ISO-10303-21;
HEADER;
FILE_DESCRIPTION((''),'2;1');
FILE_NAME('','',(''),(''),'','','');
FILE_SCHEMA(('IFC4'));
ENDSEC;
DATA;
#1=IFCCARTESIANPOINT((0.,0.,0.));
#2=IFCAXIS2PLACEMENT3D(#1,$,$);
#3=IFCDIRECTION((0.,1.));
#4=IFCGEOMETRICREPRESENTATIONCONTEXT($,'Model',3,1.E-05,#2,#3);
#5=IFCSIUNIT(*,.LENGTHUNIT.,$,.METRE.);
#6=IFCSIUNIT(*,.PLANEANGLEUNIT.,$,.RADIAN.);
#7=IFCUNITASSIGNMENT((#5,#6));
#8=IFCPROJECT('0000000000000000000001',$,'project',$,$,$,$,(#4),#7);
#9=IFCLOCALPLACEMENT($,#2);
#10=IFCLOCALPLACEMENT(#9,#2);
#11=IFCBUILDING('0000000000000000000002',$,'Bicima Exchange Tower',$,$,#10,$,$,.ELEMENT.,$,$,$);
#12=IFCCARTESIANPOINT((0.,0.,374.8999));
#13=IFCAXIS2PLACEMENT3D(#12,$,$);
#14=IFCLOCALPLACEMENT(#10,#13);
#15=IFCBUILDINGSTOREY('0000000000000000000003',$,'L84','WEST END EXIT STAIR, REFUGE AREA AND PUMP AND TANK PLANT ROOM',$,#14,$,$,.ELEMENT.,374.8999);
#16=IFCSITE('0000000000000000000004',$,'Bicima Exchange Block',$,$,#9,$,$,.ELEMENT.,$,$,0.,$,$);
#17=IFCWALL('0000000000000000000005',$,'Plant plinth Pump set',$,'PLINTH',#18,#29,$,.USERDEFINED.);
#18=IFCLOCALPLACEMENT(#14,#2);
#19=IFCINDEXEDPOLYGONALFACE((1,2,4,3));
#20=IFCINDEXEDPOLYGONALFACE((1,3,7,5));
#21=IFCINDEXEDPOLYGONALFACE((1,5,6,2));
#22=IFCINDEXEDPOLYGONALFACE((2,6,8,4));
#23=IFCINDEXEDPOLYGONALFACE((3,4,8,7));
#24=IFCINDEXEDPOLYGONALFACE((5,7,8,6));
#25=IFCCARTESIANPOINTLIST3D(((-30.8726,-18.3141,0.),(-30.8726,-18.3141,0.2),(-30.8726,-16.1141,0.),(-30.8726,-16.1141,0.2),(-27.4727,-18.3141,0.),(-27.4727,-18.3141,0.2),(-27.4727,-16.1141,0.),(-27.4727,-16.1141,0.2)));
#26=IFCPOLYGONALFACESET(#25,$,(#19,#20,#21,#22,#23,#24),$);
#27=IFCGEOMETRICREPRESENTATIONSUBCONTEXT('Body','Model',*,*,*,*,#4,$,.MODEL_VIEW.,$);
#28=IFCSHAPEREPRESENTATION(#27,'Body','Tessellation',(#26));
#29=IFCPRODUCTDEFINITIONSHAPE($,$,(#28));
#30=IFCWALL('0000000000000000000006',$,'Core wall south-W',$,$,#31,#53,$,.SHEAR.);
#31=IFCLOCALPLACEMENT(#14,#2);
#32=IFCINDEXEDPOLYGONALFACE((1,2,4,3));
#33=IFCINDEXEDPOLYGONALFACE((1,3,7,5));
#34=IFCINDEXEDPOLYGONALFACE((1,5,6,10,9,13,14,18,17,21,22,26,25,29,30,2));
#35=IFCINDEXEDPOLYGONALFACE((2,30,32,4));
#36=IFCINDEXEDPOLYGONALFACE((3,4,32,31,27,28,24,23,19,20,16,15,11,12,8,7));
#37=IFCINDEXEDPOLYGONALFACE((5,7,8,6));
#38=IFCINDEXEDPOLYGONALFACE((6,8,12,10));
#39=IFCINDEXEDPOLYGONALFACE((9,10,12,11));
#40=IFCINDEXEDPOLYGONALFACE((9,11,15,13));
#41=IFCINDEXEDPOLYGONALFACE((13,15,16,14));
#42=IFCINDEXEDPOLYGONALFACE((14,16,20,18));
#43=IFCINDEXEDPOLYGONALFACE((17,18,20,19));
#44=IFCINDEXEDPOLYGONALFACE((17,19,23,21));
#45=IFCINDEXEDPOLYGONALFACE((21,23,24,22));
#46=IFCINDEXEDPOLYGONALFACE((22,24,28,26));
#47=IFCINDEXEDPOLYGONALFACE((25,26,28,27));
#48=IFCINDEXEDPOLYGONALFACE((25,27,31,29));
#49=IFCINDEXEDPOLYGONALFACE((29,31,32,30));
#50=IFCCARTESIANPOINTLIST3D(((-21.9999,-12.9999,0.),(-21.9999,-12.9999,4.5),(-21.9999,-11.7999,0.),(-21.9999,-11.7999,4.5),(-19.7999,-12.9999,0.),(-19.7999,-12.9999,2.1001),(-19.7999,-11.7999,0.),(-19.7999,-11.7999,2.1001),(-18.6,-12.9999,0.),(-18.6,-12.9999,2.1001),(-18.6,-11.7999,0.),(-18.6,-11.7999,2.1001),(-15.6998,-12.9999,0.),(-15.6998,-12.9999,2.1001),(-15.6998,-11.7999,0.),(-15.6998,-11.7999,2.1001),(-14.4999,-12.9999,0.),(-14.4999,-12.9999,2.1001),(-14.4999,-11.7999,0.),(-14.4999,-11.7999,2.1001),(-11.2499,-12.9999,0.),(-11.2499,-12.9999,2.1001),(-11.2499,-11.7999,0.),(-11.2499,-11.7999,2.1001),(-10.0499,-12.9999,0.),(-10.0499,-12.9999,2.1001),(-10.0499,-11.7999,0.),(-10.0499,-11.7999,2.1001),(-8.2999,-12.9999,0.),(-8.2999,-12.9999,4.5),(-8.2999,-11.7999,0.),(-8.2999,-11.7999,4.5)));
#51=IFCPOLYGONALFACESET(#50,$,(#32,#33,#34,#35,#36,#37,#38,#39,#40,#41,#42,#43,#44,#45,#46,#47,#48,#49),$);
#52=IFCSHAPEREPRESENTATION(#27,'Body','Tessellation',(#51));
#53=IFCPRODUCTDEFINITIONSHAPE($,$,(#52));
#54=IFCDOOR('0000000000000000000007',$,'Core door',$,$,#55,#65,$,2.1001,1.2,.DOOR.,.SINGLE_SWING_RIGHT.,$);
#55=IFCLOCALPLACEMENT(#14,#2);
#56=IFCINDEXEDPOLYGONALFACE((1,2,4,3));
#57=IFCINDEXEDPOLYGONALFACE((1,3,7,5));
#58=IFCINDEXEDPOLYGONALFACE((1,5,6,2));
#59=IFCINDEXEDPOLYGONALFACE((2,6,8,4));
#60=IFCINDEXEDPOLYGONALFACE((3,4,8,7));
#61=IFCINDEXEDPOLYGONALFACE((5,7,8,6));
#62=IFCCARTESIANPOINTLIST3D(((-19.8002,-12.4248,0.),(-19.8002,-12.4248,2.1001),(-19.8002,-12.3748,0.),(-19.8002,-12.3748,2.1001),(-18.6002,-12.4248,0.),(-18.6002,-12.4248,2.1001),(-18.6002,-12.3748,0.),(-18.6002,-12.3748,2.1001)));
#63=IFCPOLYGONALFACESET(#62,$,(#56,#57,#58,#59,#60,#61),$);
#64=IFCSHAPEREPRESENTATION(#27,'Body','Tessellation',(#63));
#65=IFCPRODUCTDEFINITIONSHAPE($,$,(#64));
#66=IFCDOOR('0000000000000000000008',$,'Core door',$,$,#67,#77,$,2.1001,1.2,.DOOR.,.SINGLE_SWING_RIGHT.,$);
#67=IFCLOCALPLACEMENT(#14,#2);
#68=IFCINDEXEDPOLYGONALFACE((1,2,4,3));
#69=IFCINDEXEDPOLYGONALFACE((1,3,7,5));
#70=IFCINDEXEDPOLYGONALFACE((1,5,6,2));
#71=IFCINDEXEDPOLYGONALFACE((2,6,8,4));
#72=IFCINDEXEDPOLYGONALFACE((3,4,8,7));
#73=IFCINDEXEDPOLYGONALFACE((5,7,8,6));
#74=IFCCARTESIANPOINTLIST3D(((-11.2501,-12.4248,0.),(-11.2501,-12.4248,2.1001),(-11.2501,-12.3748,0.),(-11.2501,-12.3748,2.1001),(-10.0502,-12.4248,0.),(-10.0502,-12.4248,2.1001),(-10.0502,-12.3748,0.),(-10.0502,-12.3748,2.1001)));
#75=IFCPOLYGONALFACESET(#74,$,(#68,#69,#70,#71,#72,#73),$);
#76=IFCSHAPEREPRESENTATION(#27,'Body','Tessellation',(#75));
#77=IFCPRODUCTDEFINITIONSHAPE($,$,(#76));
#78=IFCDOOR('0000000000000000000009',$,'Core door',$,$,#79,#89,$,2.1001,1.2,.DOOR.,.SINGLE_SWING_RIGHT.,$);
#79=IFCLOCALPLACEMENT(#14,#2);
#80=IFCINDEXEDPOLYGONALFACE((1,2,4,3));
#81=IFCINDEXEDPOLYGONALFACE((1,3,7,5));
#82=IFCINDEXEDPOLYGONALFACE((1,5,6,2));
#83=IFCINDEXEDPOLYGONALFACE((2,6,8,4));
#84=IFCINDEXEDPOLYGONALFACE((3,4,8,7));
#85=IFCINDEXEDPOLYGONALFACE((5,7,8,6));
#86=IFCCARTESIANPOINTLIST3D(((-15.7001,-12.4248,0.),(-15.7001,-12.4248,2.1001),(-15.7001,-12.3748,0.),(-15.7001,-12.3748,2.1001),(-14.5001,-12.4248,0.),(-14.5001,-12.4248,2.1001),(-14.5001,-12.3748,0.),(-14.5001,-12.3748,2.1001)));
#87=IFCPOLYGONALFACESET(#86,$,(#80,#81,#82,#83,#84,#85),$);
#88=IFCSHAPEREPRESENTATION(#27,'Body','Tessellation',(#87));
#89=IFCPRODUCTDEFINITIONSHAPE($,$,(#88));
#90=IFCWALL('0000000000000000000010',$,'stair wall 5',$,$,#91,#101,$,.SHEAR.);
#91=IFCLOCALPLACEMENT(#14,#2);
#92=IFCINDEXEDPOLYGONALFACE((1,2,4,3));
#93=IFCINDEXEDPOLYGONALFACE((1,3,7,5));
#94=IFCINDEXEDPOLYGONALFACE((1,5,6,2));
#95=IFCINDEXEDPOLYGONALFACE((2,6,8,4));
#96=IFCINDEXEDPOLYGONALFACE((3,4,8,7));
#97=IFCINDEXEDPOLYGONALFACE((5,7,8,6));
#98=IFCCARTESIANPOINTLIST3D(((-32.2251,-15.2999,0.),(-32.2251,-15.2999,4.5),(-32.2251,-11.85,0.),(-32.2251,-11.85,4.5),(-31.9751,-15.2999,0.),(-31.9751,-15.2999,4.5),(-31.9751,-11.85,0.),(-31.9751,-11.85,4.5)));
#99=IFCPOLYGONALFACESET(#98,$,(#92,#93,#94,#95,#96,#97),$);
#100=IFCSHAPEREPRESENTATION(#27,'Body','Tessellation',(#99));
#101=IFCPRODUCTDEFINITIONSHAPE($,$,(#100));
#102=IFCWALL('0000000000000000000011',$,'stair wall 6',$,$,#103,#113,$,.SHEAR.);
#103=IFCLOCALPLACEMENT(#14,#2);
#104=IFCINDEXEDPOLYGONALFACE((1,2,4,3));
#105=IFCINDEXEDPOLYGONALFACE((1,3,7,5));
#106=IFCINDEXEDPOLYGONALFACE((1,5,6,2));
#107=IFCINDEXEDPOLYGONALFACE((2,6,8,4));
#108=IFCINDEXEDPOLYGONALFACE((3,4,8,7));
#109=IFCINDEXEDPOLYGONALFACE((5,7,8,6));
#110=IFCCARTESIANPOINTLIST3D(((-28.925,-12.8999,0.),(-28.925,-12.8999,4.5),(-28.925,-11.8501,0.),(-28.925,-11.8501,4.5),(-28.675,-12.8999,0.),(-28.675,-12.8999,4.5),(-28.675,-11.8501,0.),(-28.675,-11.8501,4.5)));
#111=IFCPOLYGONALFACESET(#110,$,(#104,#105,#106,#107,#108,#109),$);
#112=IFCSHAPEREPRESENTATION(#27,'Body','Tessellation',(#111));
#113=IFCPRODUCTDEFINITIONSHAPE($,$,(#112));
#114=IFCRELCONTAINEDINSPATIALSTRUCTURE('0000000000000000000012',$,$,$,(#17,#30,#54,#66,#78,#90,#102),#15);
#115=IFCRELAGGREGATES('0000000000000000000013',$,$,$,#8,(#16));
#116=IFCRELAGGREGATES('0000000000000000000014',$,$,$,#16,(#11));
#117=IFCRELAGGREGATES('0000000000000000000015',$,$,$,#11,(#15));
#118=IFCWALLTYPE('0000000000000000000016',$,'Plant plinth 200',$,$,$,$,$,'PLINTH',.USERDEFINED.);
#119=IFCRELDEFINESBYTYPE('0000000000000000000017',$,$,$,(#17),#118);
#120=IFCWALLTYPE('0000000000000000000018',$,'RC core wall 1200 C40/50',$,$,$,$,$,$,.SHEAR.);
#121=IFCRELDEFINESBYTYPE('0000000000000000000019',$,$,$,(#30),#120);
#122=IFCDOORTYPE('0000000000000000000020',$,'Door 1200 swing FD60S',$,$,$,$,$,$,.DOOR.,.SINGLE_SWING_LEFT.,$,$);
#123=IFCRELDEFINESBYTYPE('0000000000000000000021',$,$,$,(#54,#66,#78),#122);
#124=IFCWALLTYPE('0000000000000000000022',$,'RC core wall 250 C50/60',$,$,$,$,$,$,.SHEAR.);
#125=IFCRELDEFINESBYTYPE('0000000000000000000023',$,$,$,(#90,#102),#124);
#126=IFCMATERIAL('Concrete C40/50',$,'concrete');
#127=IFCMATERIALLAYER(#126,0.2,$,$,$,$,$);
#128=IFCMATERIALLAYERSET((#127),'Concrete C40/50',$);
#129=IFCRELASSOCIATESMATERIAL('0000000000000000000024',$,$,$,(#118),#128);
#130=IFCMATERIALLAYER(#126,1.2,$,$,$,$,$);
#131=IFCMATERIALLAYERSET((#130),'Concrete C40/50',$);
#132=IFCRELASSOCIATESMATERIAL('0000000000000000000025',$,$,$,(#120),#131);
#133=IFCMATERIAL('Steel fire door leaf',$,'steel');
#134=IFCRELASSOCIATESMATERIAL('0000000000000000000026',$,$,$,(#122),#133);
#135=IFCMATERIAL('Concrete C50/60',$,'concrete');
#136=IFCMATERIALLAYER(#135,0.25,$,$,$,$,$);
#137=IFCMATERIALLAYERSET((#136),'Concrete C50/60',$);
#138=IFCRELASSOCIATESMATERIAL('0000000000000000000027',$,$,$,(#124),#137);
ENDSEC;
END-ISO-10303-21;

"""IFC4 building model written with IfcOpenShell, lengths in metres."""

from ifc_helpers import new_model, si_unit, direction, frame, frame_2d, origin, origin_2d, place, context, subcontext, project, spatial, rectangle, extrude, material, layer, layer_set, type_object, element, fill, save


model = new_model("IFC4")

# Units and contexts
model_context = context("Model", 3, precision=1e-05, world=origin(), true_north=direction((0.0, 1.0)))
body_context = subcontext(model_context, "Body", "Model", "MODEL_VIEW")
ifc_project = project(units=[si_unit("LENGTHUNIT", "METRE"), si_unit("PLANEANGLEUNIT", "RADIAN")], contexts=[model_context])

# Site, building, storey
site_placement = place(None, origin())
site = spatial("IfcSite", under=ifc_project, at=site_placement, Name="Bicima Exchange Block", CompositionType="ELEMENT", RefElevation=0.0)
building_placement = place(site_placement, origin())
building = spatial("IfcBuilding", under=site, at=building_placement, Name="Bicima Exchange Tower", CompositionType="ELEMENT")
storey_placement = place(building_placement, frame((0.0, 0.0, 374.8999)))
storey = spatial("IfcBuildingStorey", under=building, at=storey_placement, Name="L84", Description="WEST END EXIT STAIR, REFUGE AREA AND PUMP AND TANK PLANT ROOM", CompositionType="ELEMENT", Elevation=374.8999)

# Shared definitions
ifc_material_1 = material(Name="Steel fire door leaf", Category="steel")

# Wall
ifc_material_2 = material(Name="Concrete C40/50", Category="concrete")
ifc_layer_1 = layer(ifc_material_2, 0.2)
ifc_layer_set_1 = layer_set([ifc_layer_1], Name="Concrete C40/50")
wall_type_1 = type_object("IfcWallType", Name="Plant plinth 200", ElementType="PLINTH", PredefinedType="USERDEFINED", material=ifc_layer_set_1)
wall_1_placement = place(storey_placement, frame((-29.1726, -17.2141, 0.0), z_axis=(0.0, 0.0, 1.0), x_axis=(1.0, 0.0, 0.0)))
element("IfcWall", 1, at=wall_1_placement, inside=storey, type_object=wall_type_1, Name="Plant plinth Pump set", ObjectType="PLINTH", PredefinedType="USERDEFINED", context=body_context, shape_type="SweptSolid", body=[
    extrude(rectangle(XDim=3.3999, YDim=2.2, at=origin_2d()), origin(), (0.0, 0.0, 1.0), 0.2),
])

# Wall, openings, doors
ifc_layer_2 = layer(ifc_material_2, 1.2)
ifc_layer_set_2 = layer_set([ifc_layer_2], Name="Concrete C40/50")
wall_type_2 = type_object("IfcWallType", Name="RC core wall 1200 C40/50", PredefinedType="SHEAR", material=ifc_layer_set_2)
wall_2_placement = place(storey_placement, frame((-22.0, -12.3999, 0.0), z_axis=(0.0, 0.0, 1.0), x_axis=(1.0, 0.0, 0.0)))
wall_2 = element("IfcWall", 2, at=wall_2_placement, inside=storey, type_object=wall_type_2, Name="Core wall south-W", PredefinedType="SHEAR", context=body_context, shape_type="SweptSolid", body=[
    extrude(rectangle(XDim=13.7, YDim=1.2, at=frame_2d((6.8501, 0.0))), origin(), (0.0, 0.0, 1.0), 4.5),
])
opening_1_placement = place(wall_2_placement, frame((2.2, 0.0, 0.0)))
opening_1 = element("IfcOpeningElement", 3, at=opening_1_placement, cuts=wall_2, PredefinedType="OPENING", context=body_context, shape_type="SweptSolid", body=[
    extrude(rectangle(XDim=1.2, YDim=2.1001, at=frame_2d((0.6001, 1.05))), frame((0.0, 0.6118, 0.0), z_axis=(0.0, -1.0, 0.0), x_axis=(1.0, 0.0, 0.0)), (0.0, 0.0, 1.0), 1.2239),
])
opening_2_placement = place(wall_2_placement, frame((10.75, 0.0, 0.0)))
opening_2 = element("IfcOpeningElement", 4, at=opening_2_placement, cuts=wall_2, PredefinedType="OPENING", context=body_context, shape_type="SweptSolid", body=[
    extrude(rectangle(XDim=1.2, YDim=2.1001, at=frame_2d((0.6001, 1.05))), frame((0.0, 0.6118, 0.0), z_axis=(0.0, -1.0, 0.0), x_axis=(1.0, 0.0, 0.0)), (0.0, 0.0, 1.0), 1.2239),
])
opening_3_placement = place(wall_2_placement, frame((6.3, 0.0, 0.0)))
opening_3 = element("IfcOpeningElement", 5, at=opening_3_placement, cuts=wall_2, PredefinedType="OPENING", context=body_context, shape_type="SweptSolid", body=[
    extrude(rectangle(XDim=1.2, YDim=2.1001, at=frame_2d((0.6001, 1.05))), frame((0.0, 0.6118, 0.0), z_axis=(0.0, -1.0, 0.0), x_axis=(1.0, 0.0, 0.0)), (0.0, 0.0, 1.0), 1.2239),
])
door_type_1 = type_object("IfcDoorType", Name="Door 1200 swing FD60S", OperationType="SINGLE_SWING_LEFT", PredefinedType="DOOR", material=ifc_material_1)
door_1_placement = place(opening_1_placement, frame((1.2, 0.0, 0.0), z_axis=(0.0, 0.0, 1.0), x_axis=(-1.0, 0.0, 0.0)))
door_1 = element("IfcDoor", 6, at=door_1_placement, inside=storey, type_object=door_type_1, Name="Core door", OperationType="SINGLE_SWING_RIGHT", OverallHeight=2.1001, OverallWidth=1.2, PredefinedType="DOOR", context=body_context, shape_type="SweptSolid", body=[
    extrude(rectangle(XDim=1.2, YDim=2.1001, at=frame_2d((0.6001, 1.05))), frame((0.0, 0.0249, 0.0), z_axis=(0.0, -1.0, 0.0), x_axis=(1.0, 0.0, 0.0)), (0.0, 0.0, 1.0), 0.05),
])
fill(opening_1, door_1)
door_2_placement = place(opening_2_placement, frame((1.2, 0.0, 0.0), z_axis=(0.0, 0.0, 1.0), x_axis=(-1.0, 0.0, 0.0)))
door_2 = element("IfcDoor", 7, at=door_2_placement, inside=storey, type_object=door_type_1, Name="Core door", OperationType="SINGLE_SWING_RIGHT", OverallHeight=2.1001, OverallWidth=1.2, PredefinedType="DOOR", context=body_context, shape_type="SweptSolid", body=[
    extrude(rectangle(XDim=1.2, YDim=2.1001, at=frame_2d((0.6001, 1.05))), frame((0.0, 0.0249, 0.0), z_axis=(0.0, -1.0, 0.0), x_axis=(1.0, 0.0, 0.0)), (0.0, 0.0, 1.0), 0.05),
])
fill(opening_2, door_2)
door_3_placement = place(opening_3_placement, frame((1.2, 0.0, 0.0), z_axis=(0.0, 0.0, 1.0), x_axis=(-1.0, 0.0, 0.0)))
door_3 = element("IfcDoor", 8, at=door_3_placement, inside=storey, type_object=door_type_1, Name="Core door", OperationType="SINGLE_SWING_RIGHT", OverallHeight=2.1001, OverallWidth=1.2, PredefinedType="DOOR", context=body_context, shape_type="SweptSolid", body=[
    extrude(rectangle(XDim=1.2, YDim=2.1001, at=frame_2d((0.6001, 1.05))), frame((0.0, 0.0249, 0.0), z_axis=(0.0, -1.0, 0.0), x_axis=(1.0, 0.0, 0.0)), (0.0, 0.0, 1.0), 0.05),
])
fill(opening_3, door_3)

# Walls
ifc_material_3 = material(Name="Concrete C50/60", Category="concrete")
ifc_layer_3 = layer(ifc_material_3, 0.25)
ifc_layer_set_3 = layer_set([ifc_layer_3], Name="Concrete C50/60")
wall_type_3 = type_object("IfcWallType", Name="RC core wall 250 C50/60", PredefinedType="SHEAR", material=ifc_layer_set_3)
wall_3_placement = place(storey_placement, frame((-32.1001, -15.3, 0.0), z_axis=(0.0, 0.0, 1.0), x_axis=(0.0, 1.0, 0.0)))
element("IfcWall", 9, at=wall_3_placement, inside=storey, type_object=wall_type_3, Name="stair wall 5", PredefinedType="SHEAR", context=body_context, shape_type="SweptSolid", body=[
    extrude(rectangle(XDim=3.45, YDim=0.25, at=frame_2d((1.7251, 0.0))), origin(), (0.0, 0.0, 1.0), 4.5),
])
wall_4_placement = place(storey_placement, frame((-28.8, -12.8999, 0.0), z_axis=(0.0, 0.0, 1.0), x_axis=(0.0, 1.0, 0.0)))
element("IfcWall", 10, at=wall_4_placement, inside=storey, type_object=wall_type_3, Name="stair wall 6", PredefinedType="SHEAR", context=body_context, shape_type="SweptSolid", body=[
    extrude(rectangle(XDim=1.0498, YDim=0.25, at=frame_2d((0.5249, 0.0))), origin(), (0.0, 0.0, 1.0), 4.5),
])

save(model, "model.ifc")
